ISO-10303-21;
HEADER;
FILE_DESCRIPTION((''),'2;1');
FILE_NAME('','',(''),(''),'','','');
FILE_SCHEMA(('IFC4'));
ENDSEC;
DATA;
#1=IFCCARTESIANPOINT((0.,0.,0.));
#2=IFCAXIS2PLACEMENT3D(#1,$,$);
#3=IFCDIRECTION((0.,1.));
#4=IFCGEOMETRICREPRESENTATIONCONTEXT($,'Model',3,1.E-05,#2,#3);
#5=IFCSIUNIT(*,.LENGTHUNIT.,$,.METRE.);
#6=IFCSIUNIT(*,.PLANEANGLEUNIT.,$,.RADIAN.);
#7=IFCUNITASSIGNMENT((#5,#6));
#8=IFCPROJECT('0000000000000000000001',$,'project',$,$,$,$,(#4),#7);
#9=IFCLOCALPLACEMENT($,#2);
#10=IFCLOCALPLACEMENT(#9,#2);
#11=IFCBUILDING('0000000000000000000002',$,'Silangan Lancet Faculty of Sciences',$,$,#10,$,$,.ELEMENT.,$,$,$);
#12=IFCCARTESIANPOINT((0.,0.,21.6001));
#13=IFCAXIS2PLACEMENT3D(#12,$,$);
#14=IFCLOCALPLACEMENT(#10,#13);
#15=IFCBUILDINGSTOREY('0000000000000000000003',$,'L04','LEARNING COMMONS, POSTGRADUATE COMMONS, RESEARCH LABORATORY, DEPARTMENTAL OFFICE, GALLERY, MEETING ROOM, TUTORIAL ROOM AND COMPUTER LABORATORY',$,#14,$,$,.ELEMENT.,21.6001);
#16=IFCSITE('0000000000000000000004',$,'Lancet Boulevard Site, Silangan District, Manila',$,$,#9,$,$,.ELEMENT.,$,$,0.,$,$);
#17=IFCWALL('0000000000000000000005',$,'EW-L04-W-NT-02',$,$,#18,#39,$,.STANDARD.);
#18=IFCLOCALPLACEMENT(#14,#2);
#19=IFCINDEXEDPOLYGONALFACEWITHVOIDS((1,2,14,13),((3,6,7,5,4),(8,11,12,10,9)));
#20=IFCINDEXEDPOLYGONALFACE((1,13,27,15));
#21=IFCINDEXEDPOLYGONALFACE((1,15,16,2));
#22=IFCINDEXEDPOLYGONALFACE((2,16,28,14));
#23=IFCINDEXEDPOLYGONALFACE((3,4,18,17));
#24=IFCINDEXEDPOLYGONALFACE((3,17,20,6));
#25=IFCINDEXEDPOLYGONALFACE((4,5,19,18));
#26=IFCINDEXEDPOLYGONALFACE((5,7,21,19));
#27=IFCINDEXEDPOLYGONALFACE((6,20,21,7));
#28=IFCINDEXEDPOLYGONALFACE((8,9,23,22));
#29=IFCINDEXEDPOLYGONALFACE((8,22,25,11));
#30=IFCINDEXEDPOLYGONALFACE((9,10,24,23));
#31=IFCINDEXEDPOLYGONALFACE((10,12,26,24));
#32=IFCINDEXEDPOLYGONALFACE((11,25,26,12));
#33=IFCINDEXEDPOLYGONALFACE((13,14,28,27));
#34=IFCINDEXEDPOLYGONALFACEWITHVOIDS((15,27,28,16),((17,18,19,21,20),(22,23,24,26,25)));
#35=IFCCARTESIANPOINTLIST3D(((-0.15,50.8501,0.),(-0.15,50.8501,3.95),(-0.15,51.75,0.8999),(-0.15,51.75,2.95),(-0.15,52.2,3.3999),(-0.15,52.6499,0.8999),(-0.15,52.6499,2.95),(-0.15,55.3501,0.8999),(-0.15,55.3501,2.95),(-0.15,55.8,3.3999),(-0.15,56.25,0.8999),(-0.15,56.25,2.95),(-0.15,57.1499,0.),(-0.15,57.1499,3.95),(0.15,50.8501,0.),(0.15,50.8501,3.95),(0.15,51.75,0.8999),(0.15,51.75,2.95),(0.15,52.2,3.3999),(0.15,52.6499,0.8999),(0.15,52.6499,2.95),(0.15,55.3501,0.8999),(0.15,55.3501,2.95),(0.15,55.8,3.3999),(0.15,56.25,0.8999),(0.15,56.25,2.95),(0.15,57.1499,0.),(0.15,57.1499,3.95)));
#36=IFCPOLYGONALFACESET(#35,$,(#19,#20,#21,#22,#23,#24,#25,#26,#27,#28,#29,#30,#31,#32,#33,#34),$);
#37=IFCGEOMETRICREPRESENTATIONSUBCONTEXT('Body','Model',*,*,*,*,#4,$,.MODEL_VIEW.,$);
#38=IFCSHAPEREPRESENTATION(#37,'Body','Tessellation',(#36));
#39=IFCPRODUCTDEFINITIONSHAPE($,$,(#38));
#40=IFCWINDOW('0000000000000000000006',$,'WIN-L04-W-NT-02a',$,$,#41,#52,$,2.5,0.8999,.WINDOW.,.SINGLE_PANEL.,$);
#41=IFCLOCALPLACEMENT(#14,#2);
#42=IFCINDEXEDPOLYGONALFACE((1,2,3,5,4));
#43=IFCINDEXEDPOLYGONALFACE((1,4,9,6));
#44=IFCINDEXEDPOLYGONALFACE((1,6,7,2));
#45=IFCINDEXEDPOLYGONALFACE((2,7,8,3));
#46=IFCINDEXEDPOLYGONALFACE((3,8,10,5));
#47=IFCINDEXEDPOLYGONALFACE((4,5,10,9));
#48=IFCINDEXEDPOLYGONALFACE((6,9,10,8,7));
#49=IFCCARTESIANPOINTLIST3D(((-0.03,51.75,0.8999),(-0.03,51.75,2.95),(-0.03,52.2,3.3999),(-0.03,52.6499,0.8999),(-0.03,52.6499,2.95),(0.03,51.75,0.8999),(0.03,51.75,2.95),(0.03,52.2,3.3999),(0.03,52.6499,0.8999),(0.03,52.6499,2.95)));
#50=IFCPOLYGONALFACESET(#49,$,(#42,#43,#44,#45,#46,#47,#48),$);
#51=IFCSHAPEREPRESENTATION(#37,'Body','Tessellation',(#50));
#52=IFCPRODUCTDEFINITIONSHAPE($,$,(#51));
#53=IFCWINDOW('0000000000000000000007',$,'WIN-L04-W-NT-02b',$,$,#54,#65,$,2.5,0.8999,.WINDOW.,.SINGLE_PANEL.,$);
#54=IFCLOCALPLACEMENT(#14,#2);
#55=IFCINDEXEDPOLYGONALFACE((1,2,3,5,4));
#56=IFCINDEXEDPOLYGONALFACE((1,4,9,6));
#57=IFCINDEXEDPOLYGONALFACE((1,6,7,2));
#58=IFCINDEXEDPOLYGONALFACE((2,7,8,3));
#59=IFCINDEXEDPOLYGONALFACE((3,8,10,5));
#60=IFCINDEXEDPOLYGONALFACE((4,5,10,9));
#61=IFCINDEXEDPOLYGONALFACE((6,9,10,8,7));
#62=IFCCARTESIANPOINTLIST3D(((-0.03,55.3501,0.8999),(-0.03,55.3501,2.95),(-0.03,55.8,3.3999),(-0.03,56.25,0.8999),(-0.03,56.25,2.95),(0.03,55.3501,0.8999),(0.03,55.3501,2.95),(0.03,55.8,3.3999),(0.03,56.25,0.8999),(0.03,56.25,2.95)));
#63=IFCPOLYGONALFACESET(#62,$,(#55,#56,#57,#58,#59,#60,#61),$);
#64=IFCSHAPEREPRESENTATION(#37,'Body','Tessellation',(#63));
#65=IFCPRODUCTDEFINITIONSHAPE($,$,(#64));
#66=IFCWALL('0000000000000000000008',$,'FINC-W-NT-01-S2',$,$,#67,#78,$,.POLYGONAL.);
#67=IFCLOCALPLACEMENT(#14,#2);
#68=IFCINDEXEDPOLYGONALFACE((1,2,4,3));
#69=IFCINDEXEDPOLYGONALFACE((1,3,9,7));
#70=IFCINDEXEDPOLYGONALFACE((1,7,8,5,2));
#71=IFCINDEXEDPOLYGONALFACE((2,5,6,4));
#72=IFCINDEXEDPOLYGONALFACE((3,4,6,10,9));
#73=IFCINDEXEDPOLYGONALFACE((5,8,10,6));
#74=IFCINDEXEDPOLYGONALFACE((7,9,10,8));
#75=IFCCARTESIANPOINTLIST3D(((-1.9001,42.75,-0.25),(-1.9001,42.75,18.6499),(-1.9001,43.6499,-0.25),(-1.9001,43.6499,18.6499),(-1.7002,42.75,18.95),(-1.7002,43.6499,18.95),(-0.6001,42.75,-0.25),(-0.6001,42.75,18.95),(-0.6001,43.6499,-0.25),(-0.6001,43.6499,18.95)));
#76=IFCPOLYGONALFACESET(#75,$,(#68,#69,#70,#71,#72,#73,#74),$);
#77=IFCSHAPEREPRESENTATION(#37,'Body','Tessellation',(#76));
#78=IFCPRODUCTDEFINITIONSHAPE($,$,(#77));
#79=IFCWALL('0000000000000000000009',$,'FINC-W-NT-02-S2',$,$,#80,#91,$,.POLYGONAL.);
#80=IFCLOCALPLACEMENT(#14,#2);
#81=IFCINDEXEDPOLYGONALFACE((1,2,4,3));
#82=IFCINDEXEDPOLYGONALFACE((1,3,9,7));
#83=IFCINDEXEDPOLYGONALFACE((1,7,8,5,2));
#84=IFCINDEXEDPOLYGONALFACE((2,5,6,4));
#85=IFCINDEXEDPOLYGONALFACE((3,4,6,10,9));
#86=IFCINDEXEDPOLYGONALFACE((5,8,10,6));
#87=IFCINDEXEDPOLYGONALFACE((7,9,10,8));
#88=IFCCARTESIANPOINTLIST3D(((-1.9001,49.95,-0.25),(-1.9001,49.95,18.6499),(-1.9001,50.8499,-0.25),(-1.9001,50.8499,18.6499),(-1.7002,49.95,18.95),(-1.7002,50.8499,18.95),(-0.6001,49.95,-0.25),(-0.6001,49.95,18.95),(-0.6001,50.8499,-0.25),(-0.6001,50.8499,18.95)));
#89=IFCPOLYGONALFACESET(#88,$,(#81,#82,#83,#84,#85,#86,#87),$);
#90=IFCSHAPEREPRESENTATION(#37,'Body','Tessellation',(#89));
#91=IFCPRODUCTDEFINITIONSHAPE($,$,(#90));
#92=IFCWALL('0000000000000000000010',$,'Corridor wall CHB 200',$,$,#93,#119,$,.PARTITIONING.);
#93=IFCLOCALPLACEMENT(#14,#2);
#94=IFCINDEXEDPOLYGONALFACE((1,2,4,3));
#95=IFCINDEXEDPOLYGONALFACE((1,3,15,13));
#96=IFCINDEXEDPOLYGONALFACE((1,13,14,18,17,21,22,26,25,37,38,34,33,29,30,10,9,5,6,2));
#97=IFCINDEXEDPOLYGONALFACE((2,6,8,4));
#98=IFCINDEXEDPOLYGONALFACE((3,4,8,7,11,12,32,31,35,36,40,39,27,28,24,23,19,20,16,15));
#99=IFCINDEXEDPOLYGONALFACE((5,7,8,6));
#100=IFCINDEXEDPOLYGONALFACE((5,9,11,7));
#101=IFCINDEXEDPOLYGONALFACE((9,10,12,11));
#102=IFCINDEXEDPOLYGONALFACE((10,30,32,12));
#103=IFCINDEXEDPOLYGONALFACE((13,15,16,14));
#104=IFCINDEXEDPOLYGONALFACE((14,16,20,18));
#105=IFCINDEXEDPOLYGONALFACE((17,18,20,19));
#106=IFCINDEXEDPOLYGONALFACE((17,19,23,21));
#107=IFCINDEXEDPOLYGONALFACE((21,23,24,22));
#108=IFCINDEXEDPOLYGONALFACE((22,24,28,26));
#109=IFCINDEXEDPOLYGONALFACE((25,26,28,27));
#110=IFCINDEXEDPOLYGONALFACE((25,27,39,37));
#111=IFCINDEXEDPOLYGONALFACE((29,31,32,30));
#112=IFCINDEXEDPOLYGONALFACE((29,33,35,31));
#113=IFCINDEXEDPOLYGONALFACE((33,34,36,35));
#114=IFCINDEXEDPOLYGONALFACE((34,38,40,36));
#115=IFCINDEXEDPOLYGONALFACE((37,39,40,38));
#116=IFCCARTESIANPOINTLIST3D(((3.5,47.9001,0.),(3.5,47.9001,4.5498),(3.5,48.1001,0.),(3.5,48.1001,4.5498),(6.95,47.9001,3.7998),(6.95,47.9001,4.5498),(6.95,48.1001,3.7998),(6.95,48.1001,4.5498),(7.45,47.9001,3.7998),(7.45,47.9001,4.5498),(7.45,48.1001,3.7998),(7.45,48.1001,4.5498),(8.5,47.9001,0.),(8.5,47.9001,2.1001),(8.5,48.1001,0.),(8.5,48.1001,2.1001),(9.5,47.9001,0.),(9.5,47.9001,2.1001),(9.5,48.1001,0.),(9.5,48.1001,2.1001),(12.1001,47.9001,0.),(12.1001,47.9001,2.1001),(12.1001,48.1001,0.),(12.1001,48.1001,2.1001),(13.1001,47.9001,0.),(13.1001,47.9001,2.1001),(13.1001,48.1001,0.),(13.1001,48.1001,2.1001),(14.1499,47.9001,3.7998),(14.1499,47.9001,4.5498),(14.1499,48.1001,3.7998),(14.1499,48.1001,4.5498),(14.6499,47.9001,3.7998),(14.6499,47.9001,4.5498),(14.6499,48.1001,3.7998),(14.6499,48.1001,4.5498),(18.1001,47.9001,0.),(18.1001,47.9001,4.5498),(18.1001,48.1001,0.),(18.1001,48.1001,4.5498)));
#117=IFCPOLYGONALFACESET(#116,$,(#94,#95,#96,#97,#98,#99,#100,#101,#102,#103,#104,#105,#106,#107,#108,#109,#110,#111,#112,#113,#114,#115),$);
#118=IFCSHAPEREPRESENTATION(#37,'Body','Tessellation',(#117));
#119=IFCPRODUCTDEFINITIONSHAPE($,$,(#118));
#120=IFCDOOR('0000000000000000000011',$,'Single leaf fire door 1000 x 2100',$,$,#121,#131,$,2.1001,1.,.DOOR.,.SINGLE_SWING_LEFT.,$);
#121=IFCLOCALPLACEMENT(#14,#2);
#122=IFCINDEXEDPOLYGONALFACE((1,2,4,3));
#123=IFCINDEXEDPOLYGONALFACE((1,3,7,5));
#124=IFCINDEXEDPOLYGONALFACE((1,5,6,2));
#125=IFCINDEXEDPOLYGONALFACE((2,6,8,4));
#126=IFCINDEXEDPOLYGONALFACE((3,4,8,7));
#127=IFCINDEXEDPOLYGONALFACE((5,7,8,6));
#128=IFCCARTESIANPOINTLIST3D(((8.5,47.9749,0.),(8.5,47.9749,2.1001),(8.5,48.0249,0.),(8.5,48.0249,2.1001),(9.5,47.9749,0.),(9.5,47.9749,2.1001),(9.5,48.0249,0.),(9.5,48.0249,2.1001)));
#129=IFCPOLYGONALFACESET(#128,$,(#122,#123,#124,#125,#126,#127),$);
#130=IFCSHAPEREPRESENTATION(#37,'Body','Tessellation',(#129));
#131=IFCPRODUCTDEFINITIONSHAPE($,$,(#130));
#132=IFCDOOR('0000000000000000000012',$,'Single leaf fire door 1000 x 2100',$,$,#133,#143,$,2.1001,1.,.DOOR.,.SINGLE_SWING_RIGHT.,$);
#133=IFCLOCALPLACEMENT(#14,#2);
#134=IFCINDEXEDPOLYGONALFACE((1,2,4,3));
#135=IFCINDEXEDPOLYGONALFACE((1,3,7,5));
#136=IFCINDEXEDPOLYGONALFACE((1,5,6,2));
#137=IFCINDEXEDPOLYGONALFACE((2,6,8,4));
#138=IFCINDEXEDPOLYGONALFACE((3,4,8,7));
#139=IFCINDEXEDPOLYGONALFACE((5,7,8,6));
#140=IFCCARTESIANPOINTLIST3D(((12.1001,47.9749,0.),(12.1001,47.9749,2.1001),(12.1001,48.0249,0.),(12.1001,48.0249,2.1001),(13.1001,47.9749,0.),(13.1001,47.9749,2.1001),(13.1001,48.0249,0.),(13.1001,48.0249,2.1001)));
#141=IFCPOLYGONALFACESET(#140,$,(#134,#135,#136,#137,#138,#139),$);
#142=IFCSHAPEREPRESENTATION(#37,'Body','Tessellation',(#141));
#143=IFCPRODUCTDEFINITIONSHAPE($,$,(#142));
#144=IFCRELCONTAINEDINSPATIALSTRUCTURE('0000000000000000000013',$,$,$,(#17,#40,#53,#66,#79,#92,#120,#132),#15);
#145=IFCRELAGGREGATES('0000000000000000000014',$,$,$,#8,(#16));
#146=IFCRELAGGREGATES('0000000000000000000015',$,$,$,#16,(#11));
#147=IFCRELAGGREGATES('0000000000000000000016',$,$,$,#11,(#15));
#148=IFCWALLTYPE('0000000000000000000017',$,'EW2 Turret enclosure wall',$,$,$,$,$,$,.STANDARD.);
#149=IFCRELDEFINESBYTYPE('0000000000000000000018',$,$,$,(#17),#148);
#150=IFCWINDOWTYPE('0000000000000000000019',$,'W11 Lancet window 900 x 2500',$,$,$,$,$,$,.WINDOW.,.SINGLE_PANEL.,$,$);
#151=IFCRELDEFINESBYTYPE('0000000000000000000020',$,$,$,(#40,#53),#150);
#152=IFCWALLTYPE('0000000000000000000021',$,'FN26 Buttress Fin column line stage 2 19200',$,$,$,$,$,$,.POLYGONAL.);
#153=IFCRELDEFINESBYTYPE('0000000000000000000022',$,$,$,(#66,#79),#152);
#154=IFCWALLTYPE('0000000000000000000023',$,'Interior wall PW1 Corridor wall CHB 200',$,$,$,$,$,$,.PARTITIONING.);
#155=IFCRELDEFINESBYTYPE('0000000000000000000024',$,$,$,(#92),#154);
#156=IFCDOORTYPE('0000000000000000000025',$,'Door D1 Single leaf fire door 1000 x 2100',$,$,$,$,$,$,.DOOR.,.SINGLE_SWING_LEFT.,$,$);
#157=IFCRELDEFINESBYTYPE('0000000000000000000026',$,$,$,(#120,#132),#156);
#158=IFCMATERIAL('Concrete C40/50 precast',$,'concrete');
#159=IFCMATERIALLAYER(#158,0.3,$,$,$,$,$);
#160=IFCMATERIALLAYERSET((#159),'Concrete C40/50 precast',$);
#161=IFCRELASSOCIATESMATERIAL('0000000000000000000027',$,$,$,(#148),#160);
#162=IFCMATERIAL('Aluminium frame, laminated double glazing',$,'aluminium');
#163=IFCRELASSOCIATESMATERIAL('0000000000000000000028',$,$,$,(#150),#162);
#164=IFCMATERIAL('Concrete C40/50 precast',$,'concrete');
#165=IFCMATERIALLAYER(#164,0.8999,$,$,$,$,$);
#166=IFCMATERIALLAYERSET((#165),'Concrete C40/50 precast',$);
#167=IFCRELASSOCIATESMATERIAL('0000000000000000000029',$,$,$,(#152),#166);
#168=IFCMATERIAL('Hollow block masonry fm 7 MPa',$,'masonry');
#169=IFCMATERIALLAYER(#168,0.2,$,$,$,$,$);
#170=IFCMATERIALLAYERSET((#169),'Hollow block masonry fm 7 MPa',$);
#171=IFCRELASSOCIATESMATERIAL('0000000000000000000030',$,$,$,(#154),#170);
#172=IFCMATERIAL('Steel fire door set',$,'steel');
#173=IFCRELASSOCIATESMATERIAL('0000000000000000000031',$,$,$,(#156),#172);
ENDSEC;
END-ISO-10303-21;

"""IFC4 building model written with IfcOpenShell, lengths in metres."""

from ifc_helpers import new_model, si_unit, direction, frame, frame_2d, origin, place, context, subcontext, project, spatial, polyline, rectangle, outline, extrude, material, layer, layer_set, type_object, element, fill, save


model = new_model("IFC4")

# Units and contexts
model_context = context("Model", 3, precision=1e-05, world=origin(), true_north=direction((0.0, 1.0)))
body_context = subcontext(model_context, "Body", "Model", "MODEL_VIEW")
ifc_project = project(units=[si_unit("LENGTHUNIT", "METRE"), si_unit("PLANEANGLEUNIT", "RADIAN")], contexts=[model_context])

# Site, building, storey
site_placement = place(None, origin())
site = spatial("IfcSite", under=ifc_project, at=site_placement, Name="Lancet Boulevard Site, Silangan District, Manila", CompositionType="ELEMENT", RefElevation=0.0)
building_placement = place(site_placement, origin())
building = spatial("IfcBuilding", under=site, at=building_placement, Name="Silangan Lancet Faculty of Sciences", CompositionType="ELEMENT")
storey_placement = place(building_placement, frame((0.0, 0.0, 21.6001)))
storey = spatial("IfcBuildingStorey", under=building, at=storey_placement, Name="L04", Description="LEARNING COMMONS, POSTGRADUATE COMMONS, RESEARCH LABORATORY, DEPARTMENTAL OFFICE, GALLERY, MEETING ROOM, TUTORIAL ROOM AND COMPUTER LABORATORY", CompositionType="ELEMENT", Elevation=21.6001)

# Wall, openings, windows
ifc_material_1 = material(Name="Concrete C40/50 precast", Category="concrete")
ifc_layer_1 = layer(ifc_material_1, 0.3)
ifc_layer_set_1 = layer_set([ifc_layer_1], Name="Concrete C40/50 precast")
wall_type_1 = type_object("IfcWallType", Name="EW2 Turret enclosure wall", PredefinedType="STANDARD", material=ifc_layer_set_1)
wall_1_placement = place(storey_placement, frame((0.0, 50.8501, 0.0), z_axis=(0.0, 0.0, 1.0), x_axis=(0.0, 1.0, 0.0)))
wall_1 = element("IfcWall", 1, at=wall_1_placement, inside=storey, type_object=wall_type_1, Name="EW-L04-W-NT-02", PredefinedType="STANDARD", context=body_context, shape_type="SweptSolid", body=[
    extrude(rectangle(XDim=6.2998, YDim=0.3, at=frame_2d((3.1499, 0.0))), origin(), (0.0, 0.0, 1.0), 3.95),
])
opening_1_placement = place(wall_1_placement, frame((0.8999, 0.0, 0.8999)))
opening_1 = element("IfcOpeningElement", 2, at=opening_1_placement, cuts=wall_1, PredefinedType="OPENING", context=body_context, shape_type="SweptSolid", body=[
    extrude(outline(polyline([(0.0, 0.0), (0.8999, 0.0), (0.8999, 2.05), (0.45, 2.5), (0.0, 2.05), (0.0, 0.0)])), frame((0.0, 0.1599, 0.0), z_axis=(0.0, -1.0, 0.0), x_axis=(1.0, 0.0, 0.0)), (0.0, 0.0, 1.0), 0.3201),
])
opening_2_placement = place(wall_1_placement, frame((4.5, 0.0, 0.8999)))
opening_2 = element("IfcOpeningElement", 3, at=opening_2_placement, cuts=wall_1, PredefinedType="OPENING", context=body_context, shape_type="SweptSolid", body=[
    extrude(outline(polyline([(0.0, 0.0), (0.8999, 0.0), (0.8999, 2.05), (0.45, 2.5), (0.0, 2.05), (0.0, 0.0)])), frame((0.0, 0.1599, 0.0), z_axis=(0.0, -1.0, 0.0), x_axis=(1.0, 0.0, 0.0)), (0.0, 0.0, 1.0), 0.3201),
])
ifc_material_2 = material(Name="Aluminium frame, laminated double glazing", Category="aluminium")
window_type_1 = type_object("IfcWindowType", Name="W11 Lancet window 900 x 2500", PartitioningType="SINGLE_PANEL", PredefinedType="WINDOW", material=ifc_material_2)
window_1_placement = place(opening_1_placement, origin())
window_1 = element("IfcWindow", 4, at=window_1_placement, inside=storey, type_object=window_type_1, Name="WIN-L04-W-NT-02a", OverallHeight=2.5, OverallWidth=0.8999, PartitioningType="SINGLE_PANEL", PredefinedType="WINDOW", context=body_context, shape_type="SweptSolid", body=[
    extrude(outline(polyline([(0.0, 0.0), (0.8999, 0.0), (0.8999, 2.05), (0.45, 2.5), (0.0, 2.05), (0.0, 0.0)])), frame((0.0, 0.03, 0.0), z_axis=(0.0, -1.0, 0.0), x_axis=(1.0, 0.0, 0.0)), (0.0, 0.0, 1.0), 0.0601),
])
fill(opening_1, window_1)
window_2_placement = place(opening_2_placement, origin())
window_2 = element("IfcWindow", 5, at=window_2_placement, inside=storey, type_object=window_type_1, Name="WIN-L04-W-NT-02b", OverallHeight=2.5, OverallWidth=0.8999, PartitioningType="SINGLE_PANEL", PredefinedType="WINDOW", context=body_context, shape_type="SweptSolid", body=[
    extrude(outline(polyline([(0.0, 0.0), (0.8999, 0.0), (0.8999, 2.05), (0.45, 2.5), (0.0, 2.05), (0.0, 0.0)])), frame((0.0, 0.03, 0.0), z_axis=(0.0, -1.0, 0.0), x_axis=(1.0, 0.0, 0.0)), (0.0, 0.0, 1.0), 0.0601),
])
fill(opening_2, window_2)

# Walls
ifc_material_3 = material(Name="Concrete C40/50 precast", Category="concrete")
ifc_layer_2 = layer(ifc_material_3, 0.8999)
ifc_layer_set_2 = layer_set([ifc_layer_2], Name="Concrete C40/50 precast")
wall_type_2 = type_object("IfcWallType", Name="FN26 Buttress Fin column line stage 2 19200", PredefinedType="POLYGONAL", material=ifc_layer_set_2)
for number, where, z_axis, x_axis, name in (
    (6, (-0.6001, 43.2, -0.25), (0.0, 0.0, 1.0), (-1.0, 0.0, 0.0), "FINC-W-NT-01-S2"),
    (7, (-0.6001, 50.3999, -0.25), (0.0, 0.0, 1.0), (-1.0, 0.0, 0.0), "FINC-W-NT-02-S2"),
):
    element("IfcWall", number, at=place(storey_placement, frame(where, z_axis=z_axis, x_axis=x_axis)), inside=storey, type_object=wall_type_2, Name=name, PredefinedType="POLYGONAL", context=body_context, shape_type="SweptSolid", body=[
        extrude(outline(polyline([(1.3, 0.0), (1.3, 18.8999), (1.1001, 19.2), (0.0, 19.2), (0.0, 0.0), (1.3, 0.0)])), frame((0.0, 0.45, 0.0), z_axis=(0.0, -1.0, 0.0), x_axis=(1.0, 0.0, 0.0)), (0.0, 0.0, 1.0), 0.8999),
    ])

# Wall, openings, doors
ifc_material_4 = material(Name="Hollow block masonry fm 7 MPa", Category="masonry")
ifc_layer_3 = layer(ifc_material_4, 0.2)
ifc_layer_set_3 = layer_set([ifc_layer_3], Name="Hollow block masonry fm 7 MPa")
wall_type_3 = type_object("IfcWallType", Name="Interior wall PW1 Corridor wall CHB 200", PredefinedType="PARTITIONING", material=ifc_layer_set_3)
wall_2_placement = place(storey_placement, frame((3.5, 48.0, 0.0), z_axis=(0.0, 0.0, 1.0), x_axis=(1.0, 0.0, 0.0)))
wall_2 = element("IfcWall", 8, at=wall_2_placement, inside=storey, type_object=wall_type_3, Name="Corridor wall CHB 200", PredefinedType="PARTITIONING", context=body_context, shape_type="SweptSolid", body=[
    extrude(outline(polyline([(0.0, 0.0), (14.6001, 0.0), (14.6001, 4.5498), (11.1499, 4.5498), (11.1499, 3.7998), (10.6499, 3.7998), (10.6499, 4.5498), (3.95, 4.5498), (3.95, 3.7998), (3.45, 3.7998), (3.45, 4.5498), (0.0, 4.5498), (0.0, 0.0)])), frame((0.0, 0.1001, 0.0), z_axis=(0.0, -1.0, 0.0), x_axis=(1.0, 0.0, 0.0)), (0.0, 0.0, 1.0), 0.2),
])
opening_3_placement = place(wall_2_placement, frame((5.0, 0.0, 0.0)))
opening_3 = element("IfcOpeningElement", 9, at=opening_3_placement, cuts=wall_2, PredefinedType="OPENING", context=body_context, shape_type="SweptSolid", body=[
    extrude(rectangle(XDim=1.0, YDim=2.1001, at=frame_2d((0.5, 1.05))), frame((0.0, 0.1099, 0.0), z_axis=(0.0, -1.0, 0.0), x_axis=(1.0, 0.0, 0.0)), (0.0, 0.0, 1.0), 0.22),
])
opening_4_placement = place(wall_2_placement, frame((8.6001, 0.0, 0.0)))
opening_4 = element("IfcOpeningElement", 10, at=opening_4_placement, cuts=wall_2, PredefinedType="OPENING", context=body_context, shape_type="SweptSolid", body=[
    extrude(rectangle(XDim=1.0, YDim=2.1001, at=frame_2d((0.5, 1.05))), frame((0.0, 0.1099, 0.0), z_axis=(0.0, -1.0, 0.0), x_axis=(1.0, 0.0, 0.0)), (0.0, 0.0, 1.0), 0.22),
])
ifc_material_5 = material(Name="Steel fire door set", Category="steel")
door_type_1 = type_object("IfcDoorType", Name="Door D1 Single leaf fire door 1000 x 2100", OperationType="SINGLE_SWING_LEFT", PredefinedType="DOOR", material=ifc_material_5)
door_1_placement = place(opening_3_placement, frame((1.0, 0.0, 0.0), z_axis=(0.0, 0.0, 1.0), x_axis=(-1.0, 0.0, 0.0)))
door_1 = element("IfcDoor", 11, at=door_1_placement, inside=storey, type_object=door_type_1, Name="Single leaf fire door 1000 x 2100", OperationType="SINGLE_SWING_LEFT", OverallHeight=2.1001, OverallWidth=1.0, PredefinedType="DOOR", context=body_context, shape_type="SweptSolid", body=[
    extrude(rectangle(XDim=1.0, YDim=2.1001, at=frame_2d((0.5, 1.05))), frame((0.0, 0.0251, 0.0), z_axis=(0.0, -1.0, 0.0), x_axis=(1.0, 0.0, 0.0)), (0.0, 0.0, 1.0), 0.05),
])
fill(opening_3, door_1)
door_2_placement = place(opening_4_placement, frame((1.0, 0.0, 0.0), z_axis=(0.0, 0.0, 1.0), x_axis=(-1.0, 0.0, 0.0)))
door_2 = element("IfcDoor", 12, at=door_2_placement, inside=storey, type_object=door_type_1, Name="Single leaf fire door 1000 x 2100", OperationType="SINGLE_SWING_RIGHT", OverallHeight=2.1001, OverallWidth=1.0, PredefinedType="DOOR", context=body_context, shape_type="SweptSolid", body=[
    extrude(rectangle(XDim=1.0, YDim=2.1001, at=frame_2d((0.5, 1.05))), frame((0.0, 0.0251, 0.0), z_axis=(0.0, -1.0, 0.0), x_axis=(1.0, 0.0, 0.0)), (0.0, 0.0, 1.0), 0.05),
])
fill(opening_4, door_2)

save(model, "model.ifc")
